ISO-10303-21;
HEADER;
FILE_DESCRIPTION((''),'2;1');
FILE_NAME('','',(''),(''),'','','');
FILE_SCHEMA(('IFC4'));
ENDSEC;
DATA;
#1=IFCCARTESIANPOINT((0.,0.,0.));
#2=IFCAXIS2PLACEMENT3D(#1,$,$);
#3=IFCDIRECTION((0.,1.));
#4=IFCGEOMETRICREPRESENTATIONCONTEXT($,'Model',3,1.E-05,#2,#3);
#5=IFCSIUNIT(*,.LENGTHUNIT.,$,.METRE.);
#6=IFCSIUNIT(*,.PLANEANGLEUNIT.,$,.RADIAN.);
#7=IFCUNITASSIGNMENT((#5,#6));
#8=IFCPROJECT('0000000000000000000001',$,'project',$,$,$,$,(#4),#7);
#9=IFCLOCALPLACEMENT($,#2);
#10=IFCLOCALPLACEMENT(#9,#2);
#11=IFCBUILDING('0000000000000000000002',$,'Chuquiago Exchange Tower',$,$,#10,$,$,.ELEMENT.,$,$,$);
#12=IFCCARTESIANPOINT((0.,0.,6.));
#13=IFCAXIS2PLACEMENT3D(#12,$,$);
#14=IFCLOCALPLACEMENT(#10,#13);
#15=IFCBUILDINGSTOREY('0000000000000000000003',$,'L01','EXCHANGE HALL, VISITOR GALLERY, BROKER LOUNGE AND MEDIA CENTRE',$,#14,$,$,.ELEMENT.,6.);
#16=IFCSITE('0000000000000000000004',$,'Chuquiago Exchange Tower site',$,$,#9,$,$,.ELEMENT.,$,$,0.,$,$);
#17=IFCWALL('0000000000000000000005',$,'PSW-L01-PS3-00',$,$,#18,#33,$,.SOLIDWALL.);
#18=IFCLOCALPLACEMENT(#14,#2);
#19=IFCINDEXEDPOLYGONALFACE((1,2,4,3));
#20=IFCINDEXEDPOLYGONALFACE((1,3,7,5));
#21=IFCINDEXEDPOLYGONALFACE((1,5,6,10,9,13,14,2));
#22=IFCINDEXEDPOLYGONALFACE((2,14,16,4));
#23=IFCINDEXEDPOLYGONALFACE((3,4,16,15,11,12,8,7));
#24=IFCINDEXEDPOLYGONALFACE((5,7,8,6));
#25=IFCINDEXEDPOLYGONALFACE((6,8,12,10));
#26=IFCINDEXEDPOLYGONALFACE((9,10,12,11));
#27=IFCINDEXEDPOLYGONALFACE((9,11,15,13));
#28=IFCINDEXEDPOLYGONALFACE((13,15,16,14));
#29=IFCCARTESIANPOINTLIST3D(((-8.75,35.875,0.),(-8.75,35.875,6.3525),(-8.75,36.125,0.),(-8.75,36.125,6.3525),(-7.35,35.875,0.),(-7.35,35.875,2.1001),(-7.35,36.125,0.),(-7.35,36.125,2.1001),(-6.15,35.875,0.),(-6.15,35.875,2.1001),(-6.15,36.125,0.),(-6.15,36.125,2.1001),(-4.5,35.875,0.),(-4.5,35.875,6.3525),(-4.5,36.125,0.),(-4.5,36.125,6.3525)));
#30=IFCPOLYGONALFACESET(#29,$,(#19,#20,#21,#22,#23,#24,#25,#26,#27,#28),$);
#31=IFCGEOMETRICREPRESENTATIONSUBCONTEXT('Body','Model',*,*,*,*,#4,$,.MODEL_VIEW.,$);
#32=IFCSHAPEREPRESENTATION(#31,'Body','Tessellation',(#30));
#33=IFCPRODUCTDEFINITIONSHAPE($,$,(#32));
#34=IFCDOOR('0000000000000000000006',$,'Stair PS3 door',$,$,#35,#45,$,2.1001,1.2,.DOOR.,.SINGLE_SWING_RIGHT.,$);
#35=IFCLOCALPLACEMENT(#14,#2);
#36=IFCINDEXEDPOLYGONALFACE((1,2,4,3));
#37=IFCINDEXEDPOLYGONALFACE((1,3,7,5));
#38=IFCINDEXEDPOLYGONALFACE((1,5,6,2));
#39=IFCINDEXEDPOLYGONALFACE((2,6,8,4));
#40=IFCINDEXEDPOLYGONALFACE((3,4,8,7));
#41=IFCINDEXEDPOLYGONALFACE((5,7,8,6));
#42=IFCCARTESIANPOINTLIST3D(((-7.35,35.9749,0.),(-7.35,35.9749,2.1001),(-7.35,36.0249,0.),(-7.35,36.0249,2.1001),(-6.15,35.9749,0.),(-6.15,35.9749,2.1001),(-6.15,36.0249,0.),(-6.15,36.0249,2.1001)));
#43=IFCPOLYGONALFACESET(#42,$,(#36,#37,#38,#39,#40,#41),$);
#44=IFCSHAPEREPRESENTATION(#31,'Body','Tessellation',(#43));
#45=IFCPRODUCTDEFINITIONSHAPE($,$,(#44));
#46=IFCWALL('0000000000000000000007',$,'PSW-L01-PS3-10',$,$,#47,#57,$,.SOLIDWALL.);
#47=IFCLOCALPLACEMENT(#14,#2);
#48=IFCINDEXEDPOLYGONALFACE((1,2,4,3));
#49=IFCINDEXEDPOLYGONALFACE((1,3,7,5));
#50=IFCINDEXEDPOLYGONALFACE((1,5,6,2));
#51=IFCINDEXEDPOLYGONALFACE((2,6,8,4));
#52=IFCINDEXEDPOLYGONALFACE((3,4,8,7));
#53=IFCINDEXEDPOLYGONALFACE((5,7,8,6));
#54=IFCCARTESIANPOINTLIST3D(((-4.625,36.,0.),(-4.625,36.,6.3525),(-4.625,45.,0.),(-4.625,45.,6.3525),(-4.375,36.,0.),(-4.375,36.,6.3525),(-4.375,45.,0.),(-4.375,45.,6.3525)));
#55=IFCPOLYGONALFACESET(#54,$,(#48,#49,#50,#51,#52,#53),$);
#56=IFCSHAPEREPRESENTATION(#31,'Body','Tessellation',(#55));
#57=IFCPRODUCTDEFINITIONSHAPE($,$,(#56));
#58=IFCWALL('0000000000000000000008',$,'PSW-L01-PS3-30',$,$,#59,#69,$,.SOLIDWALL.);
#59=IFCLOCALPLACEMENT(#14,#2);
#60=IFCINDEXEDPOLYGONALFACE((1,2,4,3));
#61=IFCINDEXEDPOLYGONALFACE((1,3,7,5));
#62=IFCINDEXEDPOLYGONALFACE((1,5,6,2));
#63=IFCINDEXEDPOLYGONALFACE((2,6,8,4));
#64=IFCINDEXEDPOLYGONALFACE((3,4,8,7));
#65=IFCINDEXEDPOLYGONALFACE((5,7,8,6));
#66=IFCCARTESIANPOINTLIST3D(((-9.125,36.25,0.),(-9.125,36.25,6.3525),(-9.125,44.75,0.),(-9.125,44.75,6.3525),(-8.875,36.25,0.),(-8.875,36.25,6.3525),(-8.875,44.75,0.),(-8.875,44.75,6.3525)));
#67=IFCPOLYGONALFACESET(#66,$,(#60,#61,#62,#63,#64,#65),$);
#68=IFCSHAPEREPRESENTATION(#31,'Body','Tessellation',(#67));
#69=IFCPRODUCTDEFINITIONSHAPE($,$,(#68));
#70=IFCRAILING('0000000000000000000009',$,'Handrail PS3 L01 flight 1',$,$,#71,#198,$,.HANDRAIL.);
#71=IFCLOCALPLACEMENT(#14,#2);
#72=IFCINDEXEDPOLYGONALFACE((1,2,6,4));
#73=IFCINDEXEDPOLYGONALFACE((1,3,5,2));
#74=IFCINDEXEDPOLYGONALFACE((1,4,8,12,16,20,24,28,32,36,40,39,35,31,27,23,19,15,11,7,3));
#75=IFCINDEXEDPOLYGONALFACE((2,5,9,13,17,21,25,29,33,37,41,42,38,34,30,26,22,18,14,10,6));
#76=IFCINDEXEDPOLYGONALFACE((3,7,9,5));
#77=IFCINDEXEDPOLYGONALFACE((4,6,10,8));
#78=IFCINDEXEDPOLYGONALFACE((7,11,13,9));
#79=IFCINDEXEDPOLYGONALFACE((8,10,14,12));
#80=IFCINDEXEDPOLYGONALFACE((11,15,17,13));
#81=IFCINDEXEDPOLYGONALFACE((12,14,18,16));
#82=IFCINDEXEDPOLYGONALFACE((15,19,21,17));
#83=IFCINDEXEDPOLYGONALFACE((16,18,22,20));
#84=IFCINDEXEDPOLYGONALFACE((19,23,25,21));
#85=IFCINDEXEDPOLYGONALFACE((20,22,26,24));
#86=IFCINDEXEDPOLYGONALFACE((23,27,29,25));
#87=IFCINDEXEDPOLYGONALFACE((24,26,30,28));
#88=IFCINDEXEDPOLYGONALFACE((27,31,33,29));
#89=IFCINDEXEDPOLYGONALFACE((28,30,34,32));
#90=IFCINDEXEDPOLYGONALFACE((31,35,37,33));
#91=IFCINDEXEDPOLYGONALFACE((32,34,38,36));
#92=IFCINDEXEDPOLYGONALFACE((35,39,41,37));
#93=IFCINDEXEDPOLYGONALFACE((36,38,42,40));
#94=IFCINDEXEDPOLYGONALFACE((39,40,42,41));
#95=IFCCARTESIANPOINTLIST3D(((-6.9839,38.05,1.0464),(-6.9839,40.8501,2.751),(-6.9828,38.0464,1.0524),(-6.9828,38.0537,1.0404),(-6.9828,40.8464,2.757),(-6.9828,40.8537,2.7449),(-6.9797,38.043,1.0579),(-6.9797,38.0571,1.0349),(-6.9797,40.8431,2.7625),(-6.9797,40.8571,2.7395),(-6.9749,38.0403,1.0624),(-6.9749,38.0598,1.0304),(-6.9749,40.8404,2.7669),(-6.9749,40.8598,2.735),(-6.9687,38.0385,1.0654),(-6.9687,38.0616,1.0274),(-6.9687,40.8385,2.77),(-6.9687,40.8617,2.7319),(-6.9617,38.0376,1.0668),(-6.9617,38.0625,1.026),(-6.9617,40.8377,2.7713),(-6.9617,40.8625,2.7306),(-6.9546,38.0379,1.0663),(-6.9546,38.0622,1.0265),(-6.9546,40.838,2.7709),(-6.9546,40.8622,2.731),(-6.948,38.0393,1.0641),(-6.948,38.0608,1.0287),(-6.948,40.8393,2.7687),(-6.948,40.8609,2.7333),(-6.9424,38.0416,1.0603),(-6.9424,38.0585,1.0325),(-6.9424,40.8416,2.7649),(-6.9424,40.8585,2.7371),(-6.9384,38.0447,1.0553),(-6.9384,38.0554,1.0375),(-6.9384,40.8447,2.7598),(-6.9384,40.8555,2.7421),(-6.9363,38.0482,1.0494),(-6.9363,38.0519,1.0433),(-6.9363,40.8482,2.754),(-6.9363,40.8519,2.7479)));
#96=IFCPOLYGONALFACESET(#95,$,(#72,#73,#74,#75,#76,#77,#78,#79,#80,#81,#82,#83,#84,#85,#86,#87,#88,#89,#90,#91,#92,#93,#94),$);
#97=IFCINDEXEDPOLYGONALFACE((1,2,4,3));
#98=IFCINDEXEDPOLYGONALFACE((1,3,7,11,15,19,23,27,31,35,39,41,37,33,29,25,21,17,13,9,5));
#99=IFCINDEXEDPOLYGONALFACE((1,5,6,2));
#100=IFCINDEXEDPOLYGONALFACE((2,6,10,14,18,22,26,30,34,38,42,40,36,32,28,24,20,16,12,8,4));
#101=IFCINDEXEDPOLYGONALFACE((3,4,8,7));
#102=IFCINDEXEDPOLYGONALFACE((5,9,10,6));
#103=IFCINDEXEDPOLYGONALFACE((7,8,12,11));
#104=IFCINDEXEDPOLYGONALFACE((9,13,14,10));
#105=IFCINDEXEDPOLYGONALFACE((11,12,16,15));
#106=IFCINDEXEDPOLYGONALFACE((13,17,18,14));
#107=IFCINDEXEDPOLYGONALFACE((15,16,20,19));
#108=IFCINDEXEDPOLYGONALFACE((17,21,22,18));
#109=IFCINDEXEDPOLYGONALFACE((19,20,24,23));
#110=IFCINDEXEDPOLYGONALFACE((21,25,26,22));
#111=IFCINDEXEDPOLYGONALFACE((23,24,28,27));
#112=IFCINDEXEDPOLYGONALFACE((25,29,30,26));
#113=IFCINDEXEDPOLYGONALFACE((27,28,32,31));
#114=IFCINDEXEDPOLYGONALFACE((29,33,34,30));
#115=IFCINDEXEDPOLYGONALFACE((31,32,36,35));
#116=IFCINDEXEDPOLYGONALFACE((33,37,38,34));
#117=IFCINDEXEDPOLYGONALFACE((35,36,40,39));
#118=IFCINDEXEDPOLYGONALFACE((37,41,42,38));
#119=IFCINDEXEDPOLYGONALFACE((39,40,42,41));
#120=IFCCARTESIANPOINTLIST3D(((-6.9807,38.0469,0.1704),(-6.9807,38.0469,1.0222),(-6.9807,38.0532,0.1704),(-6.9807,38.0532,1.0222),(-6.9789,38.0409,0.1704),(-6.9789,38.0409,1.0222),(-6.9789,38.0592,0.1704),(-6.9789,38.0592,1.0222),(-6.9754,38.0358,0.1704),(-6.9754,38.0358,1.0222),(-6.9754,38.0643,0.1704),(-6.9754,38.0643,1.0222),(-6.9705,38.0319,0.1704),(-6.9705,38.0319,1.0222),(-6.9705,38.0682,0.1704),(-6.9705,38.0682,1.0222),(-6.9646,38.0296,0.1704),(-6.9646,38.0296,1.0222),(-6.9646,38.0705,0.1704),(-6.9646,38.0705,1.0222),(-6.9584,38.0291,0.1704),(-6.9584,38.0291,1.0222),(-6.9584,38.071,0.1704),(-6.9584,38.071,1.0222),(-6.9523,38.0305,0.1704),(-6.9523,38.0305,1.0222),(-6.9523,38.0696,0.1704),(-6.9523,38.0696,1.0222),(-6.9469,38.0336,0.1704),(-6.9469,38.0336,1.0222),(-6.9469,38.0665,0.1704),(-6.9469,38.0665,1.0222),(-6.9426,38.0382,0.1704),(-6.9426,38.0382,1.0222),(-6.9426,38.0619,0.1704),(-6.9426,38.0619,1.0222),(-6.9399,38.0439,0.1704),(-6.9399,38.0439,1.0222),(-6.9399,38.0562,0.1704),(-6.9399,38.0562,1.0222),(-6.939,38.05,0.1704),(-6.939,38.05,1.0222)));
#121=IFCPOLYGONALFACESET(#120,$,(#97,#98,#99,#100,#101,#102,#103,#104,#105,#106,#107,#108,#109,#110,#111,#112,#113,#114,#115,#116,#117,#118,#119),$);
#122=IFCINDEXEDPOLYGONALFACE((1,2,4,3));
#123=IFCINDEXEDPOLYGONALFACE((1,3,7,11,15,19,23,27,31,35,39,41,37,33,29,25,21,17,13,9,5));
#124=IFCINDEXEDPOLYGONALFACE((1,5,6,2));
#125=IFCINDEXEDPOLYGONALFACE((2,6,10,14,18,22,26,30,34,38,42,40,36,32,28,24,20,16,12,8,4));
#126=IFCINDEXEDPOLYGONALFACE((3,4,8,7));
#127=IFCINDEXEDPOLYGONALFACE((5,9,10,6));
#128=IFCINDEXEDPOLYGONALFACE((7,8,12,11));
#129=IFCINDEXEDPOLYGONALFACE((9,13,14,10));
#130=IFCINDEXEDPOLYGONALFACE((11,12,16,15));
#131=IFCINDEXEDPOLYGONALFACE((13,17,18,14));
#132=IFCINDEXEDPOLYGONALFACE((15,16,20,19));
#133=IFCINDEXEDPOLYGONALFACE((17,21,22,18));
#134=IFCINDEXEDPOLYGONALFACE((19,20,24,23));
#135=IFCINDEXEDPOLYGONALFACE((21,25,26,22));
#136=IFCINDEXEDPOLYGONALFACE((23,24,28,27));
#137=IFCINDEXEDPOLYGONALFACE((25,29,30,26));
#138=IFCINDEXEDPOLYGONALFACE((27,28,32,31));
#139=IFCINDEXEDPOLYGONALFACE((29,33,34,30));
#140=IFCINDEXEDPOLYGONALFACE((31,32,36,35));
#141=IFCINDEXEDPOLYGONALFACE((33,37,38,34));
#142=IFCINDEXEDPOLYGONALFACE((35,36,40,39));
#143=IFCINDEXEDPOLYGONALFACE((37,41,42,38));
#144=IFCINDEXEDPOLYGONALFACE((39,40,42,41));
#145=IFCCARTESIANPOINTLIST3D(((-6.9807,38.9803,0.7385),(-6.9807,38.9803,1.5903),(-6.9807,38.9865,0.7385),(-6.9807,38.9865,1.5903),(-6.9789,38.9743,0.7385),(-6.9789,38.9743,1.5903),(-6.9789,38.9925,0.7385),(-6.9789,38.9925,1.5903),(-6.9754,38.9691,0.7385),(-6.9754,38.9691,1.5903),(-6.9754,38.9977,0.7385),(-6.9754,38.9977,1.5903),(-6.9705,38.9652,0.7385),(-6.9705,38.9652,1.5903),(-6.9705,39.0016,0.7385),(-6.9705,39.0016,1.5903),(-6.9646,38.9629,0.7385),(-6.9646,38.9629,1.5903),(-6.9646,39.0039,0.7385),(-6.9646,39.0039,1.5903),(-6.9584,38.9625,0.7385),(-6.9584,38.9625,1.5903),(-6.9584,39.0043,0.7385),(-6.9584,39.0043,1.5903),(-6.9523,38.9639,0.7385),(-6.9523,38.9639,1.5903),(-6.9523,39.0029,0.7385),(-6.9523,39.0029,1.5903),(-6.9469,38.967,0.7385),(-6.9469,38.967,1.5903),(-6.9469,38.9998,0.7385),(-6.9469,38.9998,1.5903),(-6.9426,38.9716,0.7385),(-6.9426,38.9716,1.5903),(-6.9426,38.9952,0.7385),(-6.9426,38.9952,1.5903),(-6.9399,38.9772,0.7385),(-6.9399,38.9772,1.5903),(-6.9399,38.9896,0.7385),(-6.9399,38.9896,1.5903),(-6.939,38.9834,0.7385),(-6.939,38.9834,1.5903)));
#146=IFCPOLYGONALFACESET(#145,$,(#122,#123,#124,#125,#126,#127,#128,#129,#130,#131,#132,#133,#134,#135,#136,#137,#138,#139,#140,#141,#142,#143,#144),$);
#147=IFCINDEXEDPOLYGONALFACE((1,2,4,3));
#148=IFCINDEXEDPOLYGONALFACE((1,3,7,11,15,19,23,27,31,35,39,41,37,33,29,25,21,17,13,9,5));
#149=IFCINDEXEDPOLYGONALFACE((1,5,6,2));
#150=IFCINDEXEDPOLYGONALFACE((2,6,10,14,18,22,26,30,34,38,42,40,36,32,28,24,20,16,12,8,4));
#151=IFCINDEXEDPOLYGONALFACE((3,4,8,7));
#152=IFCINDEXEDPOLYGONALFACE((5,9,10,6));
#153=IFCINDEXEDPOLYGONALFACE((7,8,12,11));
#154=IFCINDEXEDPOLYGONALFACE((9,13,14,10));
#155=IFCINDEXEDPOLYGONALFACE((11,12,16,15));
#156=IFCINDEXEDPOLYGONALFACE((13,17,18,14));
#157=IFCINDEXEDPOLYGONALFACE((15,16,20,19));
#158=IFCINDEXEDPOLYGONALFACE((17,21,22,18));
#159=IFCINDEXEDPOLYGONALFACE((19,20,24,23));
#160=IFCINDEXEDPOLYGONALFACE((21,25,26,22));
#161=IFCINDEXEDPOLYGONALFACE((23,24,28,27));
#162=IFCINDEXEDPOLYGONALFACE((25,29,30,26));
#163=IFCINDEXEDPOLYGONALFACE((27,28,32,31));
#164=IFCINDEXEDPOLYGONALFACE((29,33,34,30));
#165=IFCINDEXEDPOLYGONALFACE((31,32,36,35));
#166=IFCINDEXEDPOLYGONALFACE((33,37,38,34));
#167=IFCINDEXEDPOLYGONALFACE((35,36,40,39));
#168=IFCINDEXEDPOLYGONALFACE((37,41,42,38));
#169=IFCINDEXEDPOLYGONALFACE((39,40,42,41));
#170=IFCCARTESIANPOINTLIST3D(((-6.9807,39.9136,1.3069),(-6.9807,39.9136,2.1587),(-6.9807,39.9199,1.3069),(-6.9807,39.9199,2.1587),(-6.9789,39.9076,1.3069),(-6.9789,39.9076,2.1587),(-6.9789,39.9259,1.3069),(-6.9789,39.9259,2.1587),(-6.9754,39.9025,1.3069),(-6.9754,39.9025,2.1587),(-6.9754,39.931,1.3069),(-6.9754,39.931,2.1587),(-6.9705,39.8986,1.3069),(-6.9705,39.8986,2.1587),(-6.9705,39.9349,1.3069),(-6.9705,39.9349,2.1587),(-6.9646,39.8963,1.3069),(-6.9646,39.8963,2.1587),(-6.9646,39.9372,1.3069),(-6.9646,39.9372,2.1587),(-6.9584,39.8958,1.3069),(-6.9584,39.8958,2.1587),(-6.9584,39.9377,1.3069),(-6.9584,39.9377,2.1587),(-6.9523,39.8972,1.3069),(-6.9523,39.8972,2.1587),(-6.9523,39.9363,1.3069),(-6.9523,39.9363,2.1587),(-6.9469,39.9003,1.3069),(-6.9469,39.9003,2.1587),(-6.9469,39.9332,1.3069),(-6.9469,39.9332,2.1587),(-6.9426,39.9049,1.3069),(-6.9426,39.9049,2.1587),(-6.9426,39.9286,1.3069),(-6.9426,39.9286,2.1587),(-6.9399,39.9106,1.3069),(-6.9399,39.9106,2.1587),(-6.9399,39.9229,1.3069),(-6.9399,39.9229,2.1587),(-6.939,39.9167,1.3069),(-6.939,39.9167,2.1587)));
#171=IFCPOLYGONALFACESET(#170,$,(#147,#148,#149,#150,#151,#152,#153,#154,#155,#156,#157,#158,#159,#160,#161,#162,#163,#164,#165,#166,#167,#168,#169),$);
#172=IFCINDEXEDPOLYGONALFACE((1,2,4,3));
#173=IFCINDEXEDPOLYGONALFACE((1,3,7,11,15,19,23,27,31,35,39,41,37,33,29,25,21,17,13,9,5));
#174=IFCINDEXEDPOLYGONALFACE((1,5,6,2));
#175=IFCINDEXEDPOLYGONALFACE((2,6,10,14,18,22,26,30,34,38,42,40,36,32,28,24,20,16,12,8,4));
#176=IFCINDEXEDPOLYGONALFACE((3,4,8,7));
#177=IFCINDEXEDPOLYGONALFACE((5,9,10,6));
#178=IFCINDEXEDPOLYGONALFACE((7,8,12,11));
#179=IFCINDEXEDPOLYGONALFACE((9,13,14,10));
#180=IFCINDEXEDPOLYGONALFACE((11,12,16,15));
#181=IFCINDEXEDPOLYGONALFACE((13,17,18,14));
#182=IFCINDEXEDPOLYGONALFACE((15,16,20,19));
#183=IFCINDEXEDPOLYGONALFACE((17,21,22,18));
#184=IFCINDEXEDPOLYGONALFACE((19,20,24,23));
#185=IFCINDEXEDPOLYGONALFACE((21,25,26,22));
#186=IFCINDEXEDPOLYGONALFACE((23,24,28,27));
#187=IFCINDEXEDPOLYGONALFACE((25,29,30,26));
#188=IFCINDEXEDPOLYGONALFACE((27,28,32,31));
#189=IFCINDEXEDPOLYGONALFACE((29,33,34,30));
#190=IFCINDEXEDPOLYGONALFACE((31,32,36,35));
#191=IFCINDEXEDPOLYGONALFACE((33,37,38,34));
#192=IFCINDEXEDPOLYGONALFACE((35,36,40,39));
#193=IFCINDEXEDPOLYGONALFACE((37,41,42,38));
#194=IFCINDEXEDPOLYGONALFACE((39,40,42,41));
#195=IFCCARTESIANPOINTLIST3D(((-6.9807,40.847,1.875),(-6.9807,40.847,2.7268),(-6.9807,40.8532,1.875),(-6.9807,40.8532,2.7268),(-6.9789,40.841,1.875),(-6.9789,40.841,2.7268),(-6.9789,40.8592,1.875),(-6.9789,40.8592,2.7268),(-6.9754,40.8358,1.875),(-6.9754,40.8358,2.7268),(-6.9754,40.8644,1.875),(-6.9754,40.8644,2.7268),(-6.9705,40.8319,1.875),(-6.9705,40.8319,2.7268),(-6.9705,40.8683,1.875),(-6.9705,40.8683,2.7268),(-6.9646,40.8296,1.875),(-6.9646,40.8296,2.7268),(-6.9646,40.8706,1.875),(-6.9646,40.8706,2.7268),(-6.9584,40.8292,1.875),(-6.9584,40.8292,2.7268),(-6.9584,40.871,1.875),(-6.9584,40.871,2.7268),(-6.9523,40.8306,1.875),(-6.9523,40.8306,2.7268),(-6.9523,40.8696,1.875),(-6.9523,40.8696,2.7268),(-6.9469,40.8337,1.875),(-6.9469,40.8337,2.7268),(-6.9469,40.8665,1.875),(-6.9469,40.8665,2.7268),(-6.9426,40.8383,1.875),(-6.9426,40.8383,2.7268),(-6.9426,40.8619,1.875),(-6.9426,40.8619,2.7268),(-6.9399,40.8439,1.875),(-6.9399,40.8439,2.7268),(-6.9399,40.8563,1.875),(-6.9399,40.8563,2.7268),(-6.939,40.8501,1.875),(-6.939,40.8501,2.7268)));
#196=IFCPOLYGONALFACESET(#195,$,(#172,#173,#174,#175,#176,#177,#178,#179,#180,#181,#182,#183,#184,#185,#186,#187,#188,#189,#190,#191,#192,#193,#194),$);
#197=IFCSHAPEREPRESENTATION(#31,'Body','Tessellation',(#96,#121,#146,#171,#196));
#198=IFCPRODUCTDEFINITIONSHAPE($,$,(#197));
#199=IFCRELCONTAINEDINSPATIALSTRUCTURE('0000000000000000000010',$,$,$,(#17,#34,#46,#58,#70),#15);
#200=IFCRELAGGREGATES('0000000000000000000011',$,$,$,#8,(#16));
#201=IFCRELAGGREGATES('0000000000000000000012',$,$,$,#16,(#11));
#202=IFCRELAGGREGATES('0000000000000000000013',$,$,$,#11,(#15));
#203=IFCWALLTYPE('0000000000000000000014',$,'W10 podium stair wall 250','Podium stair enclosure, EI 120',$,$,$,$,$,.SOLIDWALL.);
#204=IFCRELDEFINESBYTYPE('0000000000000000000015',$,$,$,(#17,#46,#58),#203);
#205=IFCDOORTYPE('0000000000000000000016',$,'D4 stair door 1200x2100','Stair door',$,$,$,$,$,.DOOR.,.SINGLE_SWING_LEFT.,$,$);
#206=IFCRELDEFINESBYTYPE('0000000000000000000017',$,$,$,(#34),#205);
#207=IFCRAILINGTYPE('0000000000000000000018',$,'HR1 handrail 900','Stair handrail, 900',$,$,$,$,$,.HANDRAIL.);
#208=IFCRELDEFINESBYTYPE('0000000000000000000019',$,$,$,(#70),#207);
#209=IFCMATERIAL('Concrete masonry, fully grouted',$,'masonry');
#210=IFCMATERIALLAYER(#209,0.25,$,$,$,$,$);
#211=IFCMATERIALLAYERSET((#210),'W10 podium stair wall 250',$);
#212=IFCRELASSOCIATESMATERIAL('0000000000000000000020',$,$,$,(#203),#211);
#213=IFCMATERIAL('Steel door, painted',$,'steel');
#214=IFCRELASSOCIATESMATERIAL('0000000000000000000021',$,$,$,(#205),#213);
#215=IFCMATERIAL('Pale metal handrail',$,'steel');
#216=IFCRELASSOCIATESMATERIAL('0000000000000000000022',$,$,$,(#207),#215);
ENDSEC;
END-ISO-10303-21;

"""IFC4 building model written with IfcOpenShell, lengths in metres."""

from ifc_helpers import new_model, si_unit, direction, frame, frame_2d, origin, origin_2d, place, context, subcontext, project, spatial, rectangle, circle, extrude, material, layer, layer_set, type_object, element, fill, save


model = new_model("IFC4")

# Units and contexts
model_context = context("Model", 3, precision=1e-05, world=origin(), true_north=direction((0.0, 1.0)))
body_context = subcontext(model_context, "Body", "Model", "MODEL_VIEW")
ifc_project = project(units=[si_unit("LENGTHUNIT", "METRE"), si_unit("PLANEANGLEUNIT", "RADIAN")], contexts=[model_context])

# Site, building, storey
site_placement = place(None, origin())
site = spatial("IfcSite", under=ifc_project, at=site_placement, Name="Chuquiago Exchange Tower site", CompositionType="ELEMENT", RefElevation=0.0)
building_placement = place(site_placement, origin())
building = spatial("IfcBuilding", under=site, at=building_placement, Name="Chuquiago Exchange Tower", CompositionType="ELEMENT")
storey_placement = place(building_placement, frame((0.0, 0.0, 6.0)))
storey = spatial("IfcBuildingStorey", under=building, at=storey_placement, Name="L01", Description="EXCHANGE HALL, VISITOR GALLERY, BROKER LOUNGE AND MEDIA CENTRE", CompositionType="ELEMENT", Elevation=6.0)

# Wall, opening, door
ifc_material_1 = material(Name="Concrete masonry, fully grouted", Category="masonry")
ifc_layer_1 = layer(ifc_material_1, 0.25)
ifc_layer_set_1 = layer_set([ifc_layer_1], Name="W10 podium stair wall 250")
wall_type = type_object("IfcWallType", Name="W10 podium stair wall 250", Description="Podium stair enclosure, EI 120", PredefinedType="SOLIDWALL", material=ifc_layer_set_1)
wall_1_placement = place(storey_placement, frame((-8.75, 36.0, 0.0), z_axis=(0.0, 0.0, 1.0), x_axis=(1.0, 0.0, 0.0)))
wall_1 = element("IfcWall", 1, at=wall_1_placement, inside=storey, type_object=wall_type, Name="PSW-L01-PS3-00", PredefinedType="SOLIDWALL", context=body_context, shape_type="SweptSolid", body=[
    extrude(rectangle(XDim=4.25, YDim=0.25, at=frame_2d((2.125, 0.0))), origin(), (0.0, 0.0, 1.0), 6.3525),
])
opening_placement = place(wall_1_placement, frame((1.3999, 0.0, 0.0)))
opening = element("IfcOpeningElement", 2, at=opening_placement, cuts=wall_1, PredefinedType="OPENING", context=body_context, shape_type="SweptSolid", body=[
    extrude(rectangle(XDim=1.2, YDim=2.1001, at=frame_2d((0.6001, 1.05))), frame((0.0, 0.135, 0.0), z_axis=(0.0, -1.0, 0.0), x_axis=(1.0, 0.0, 0.0)), (0.0, 0.0, 1.0), 0.27),
])
ifc_material_2 = material(Name="Steel door, painted", Category="steel")
door_type = type_object("IfcDoorType", Name="D4 stair door 1200x2100", Description="Stair door", OperationType="SINGLE_SWING_LEFT", PredefinedType="DOOR", material=ifc_material_2)
door_placement = place(opening_placement, origin())
door = element("IfcDoor", 3, at=door_placement, inside=storey, type_object=door_type, Name="Stair PS3 door", OperationType="SINGLE_SWING_RIGHT", OverallHeight=2.1001, OverallWidth=1.2, PredefinedType="DOOR", context=body_context, shape_type="SweptSolid", body=[
    extrude(rectangle(XDim=1.2, YDim=2.1001, at=frame_2d((0.6001, 1.05))), frame((0.0, 0.0249, 0.0), z_axis=(0.0, -1.0, 0.0), x_axis=(1.0, 0.0, 0.0)), (0.0, 0.0, 1.0), 0.05),
])
fill(opening, door)

# Walls
wall_2_placement = place(storey_placement, frame((-4.5, 36.0, 0.0), z_axis=(0.0, 0.0, 1.0), x_axis=(0.0, 1.0, 0.0)))
element("IfcWall", 4, at=wall_2_placement, inside=storey, type_object=wall_type, Name="PSW-L01-PS3-10", PredefinedType="SOLIDWALL", context=body_context, shape_type="SweptSolid", body=[
    extrude(rectangle(XDim=9.0, YDim=0.25, at=frame_2d((4.5, 0.0))), origin(), (0.0, 0.0, 1.0), 6.3525),
])
wall_3_placement = place(storey_placement, frame((-9.0, 36.25, 0.0), z_axis=(0.0, 0.0, 1.0), x_axis=(0.0, 1.0, 0.0)))
element("IfcWall", 5, at=wall_3_placement, inside=storey, type_object=wall_type, Name="PSW-L01-PS3-30", PredefinedType="SOLIDWALL", context=body_context, shape_type="SweptSolid", body=[
    extrude(rectangle(XDim=8.5, YDim=0.25, at=frame_2d((4.25, 0.0))), origin(), (0.0, 0.0, 1.0), 6.3525),
])

# Railing
ifc_material_3 = material(Name="Pale metal handrail", Category="steel")
railing_type = type_object("IfcRailingType", Name="HR1 handrail 900", Description="Stair handrail, 900", PredefinedType="HANDRAIL", material=ifc_material_3)
for number, where, name in (
    (6, (-6.96, 38.05, 0.1704), "Handrail PS3 L01 flight 1"),
):
    element("IfcRailing", number, at=place(storey_placement, frame(where)), inside=storey, type_object=railing_type, Name=name, PredefinedType="HANDRAIL", context=body_context, shape_type="SweptSolid", body=[
        extrude(circle(Radius=0.0239, at=origin_2d()), frame((0.0, 0.0, 0.876), z_axis=(0.0, 0.85417, 0.519994), x_axis=(-1.0, 0.0, 0.0)), (0.0, 0.0, 1.0), 3.2781),
        extrude(circle(Radius=0.021, at=origin_2d()), origin(), (0.0, 0.0, 1.0), 0.8518),
        extrude(circle(Radius=0.021, at=origin_2d()), frame((0.0, 0.9333, 0.5681)), (0.0, 0.0, 1.0), 0.8518),
        extrude(circle(Radius=0.021, at=origin_2d()), frame((0.0, 1.8667, 1.1365)), (0.0, 0.0, 1.0), 0.8518),
        extrude(circle(Radius=0.021, at=origin_2d()), frame((0.0, 2.8, 1.7046)), (0.0, 0.0, 1.0), 0.8518),
    ])

save(model, "model.ifc")
